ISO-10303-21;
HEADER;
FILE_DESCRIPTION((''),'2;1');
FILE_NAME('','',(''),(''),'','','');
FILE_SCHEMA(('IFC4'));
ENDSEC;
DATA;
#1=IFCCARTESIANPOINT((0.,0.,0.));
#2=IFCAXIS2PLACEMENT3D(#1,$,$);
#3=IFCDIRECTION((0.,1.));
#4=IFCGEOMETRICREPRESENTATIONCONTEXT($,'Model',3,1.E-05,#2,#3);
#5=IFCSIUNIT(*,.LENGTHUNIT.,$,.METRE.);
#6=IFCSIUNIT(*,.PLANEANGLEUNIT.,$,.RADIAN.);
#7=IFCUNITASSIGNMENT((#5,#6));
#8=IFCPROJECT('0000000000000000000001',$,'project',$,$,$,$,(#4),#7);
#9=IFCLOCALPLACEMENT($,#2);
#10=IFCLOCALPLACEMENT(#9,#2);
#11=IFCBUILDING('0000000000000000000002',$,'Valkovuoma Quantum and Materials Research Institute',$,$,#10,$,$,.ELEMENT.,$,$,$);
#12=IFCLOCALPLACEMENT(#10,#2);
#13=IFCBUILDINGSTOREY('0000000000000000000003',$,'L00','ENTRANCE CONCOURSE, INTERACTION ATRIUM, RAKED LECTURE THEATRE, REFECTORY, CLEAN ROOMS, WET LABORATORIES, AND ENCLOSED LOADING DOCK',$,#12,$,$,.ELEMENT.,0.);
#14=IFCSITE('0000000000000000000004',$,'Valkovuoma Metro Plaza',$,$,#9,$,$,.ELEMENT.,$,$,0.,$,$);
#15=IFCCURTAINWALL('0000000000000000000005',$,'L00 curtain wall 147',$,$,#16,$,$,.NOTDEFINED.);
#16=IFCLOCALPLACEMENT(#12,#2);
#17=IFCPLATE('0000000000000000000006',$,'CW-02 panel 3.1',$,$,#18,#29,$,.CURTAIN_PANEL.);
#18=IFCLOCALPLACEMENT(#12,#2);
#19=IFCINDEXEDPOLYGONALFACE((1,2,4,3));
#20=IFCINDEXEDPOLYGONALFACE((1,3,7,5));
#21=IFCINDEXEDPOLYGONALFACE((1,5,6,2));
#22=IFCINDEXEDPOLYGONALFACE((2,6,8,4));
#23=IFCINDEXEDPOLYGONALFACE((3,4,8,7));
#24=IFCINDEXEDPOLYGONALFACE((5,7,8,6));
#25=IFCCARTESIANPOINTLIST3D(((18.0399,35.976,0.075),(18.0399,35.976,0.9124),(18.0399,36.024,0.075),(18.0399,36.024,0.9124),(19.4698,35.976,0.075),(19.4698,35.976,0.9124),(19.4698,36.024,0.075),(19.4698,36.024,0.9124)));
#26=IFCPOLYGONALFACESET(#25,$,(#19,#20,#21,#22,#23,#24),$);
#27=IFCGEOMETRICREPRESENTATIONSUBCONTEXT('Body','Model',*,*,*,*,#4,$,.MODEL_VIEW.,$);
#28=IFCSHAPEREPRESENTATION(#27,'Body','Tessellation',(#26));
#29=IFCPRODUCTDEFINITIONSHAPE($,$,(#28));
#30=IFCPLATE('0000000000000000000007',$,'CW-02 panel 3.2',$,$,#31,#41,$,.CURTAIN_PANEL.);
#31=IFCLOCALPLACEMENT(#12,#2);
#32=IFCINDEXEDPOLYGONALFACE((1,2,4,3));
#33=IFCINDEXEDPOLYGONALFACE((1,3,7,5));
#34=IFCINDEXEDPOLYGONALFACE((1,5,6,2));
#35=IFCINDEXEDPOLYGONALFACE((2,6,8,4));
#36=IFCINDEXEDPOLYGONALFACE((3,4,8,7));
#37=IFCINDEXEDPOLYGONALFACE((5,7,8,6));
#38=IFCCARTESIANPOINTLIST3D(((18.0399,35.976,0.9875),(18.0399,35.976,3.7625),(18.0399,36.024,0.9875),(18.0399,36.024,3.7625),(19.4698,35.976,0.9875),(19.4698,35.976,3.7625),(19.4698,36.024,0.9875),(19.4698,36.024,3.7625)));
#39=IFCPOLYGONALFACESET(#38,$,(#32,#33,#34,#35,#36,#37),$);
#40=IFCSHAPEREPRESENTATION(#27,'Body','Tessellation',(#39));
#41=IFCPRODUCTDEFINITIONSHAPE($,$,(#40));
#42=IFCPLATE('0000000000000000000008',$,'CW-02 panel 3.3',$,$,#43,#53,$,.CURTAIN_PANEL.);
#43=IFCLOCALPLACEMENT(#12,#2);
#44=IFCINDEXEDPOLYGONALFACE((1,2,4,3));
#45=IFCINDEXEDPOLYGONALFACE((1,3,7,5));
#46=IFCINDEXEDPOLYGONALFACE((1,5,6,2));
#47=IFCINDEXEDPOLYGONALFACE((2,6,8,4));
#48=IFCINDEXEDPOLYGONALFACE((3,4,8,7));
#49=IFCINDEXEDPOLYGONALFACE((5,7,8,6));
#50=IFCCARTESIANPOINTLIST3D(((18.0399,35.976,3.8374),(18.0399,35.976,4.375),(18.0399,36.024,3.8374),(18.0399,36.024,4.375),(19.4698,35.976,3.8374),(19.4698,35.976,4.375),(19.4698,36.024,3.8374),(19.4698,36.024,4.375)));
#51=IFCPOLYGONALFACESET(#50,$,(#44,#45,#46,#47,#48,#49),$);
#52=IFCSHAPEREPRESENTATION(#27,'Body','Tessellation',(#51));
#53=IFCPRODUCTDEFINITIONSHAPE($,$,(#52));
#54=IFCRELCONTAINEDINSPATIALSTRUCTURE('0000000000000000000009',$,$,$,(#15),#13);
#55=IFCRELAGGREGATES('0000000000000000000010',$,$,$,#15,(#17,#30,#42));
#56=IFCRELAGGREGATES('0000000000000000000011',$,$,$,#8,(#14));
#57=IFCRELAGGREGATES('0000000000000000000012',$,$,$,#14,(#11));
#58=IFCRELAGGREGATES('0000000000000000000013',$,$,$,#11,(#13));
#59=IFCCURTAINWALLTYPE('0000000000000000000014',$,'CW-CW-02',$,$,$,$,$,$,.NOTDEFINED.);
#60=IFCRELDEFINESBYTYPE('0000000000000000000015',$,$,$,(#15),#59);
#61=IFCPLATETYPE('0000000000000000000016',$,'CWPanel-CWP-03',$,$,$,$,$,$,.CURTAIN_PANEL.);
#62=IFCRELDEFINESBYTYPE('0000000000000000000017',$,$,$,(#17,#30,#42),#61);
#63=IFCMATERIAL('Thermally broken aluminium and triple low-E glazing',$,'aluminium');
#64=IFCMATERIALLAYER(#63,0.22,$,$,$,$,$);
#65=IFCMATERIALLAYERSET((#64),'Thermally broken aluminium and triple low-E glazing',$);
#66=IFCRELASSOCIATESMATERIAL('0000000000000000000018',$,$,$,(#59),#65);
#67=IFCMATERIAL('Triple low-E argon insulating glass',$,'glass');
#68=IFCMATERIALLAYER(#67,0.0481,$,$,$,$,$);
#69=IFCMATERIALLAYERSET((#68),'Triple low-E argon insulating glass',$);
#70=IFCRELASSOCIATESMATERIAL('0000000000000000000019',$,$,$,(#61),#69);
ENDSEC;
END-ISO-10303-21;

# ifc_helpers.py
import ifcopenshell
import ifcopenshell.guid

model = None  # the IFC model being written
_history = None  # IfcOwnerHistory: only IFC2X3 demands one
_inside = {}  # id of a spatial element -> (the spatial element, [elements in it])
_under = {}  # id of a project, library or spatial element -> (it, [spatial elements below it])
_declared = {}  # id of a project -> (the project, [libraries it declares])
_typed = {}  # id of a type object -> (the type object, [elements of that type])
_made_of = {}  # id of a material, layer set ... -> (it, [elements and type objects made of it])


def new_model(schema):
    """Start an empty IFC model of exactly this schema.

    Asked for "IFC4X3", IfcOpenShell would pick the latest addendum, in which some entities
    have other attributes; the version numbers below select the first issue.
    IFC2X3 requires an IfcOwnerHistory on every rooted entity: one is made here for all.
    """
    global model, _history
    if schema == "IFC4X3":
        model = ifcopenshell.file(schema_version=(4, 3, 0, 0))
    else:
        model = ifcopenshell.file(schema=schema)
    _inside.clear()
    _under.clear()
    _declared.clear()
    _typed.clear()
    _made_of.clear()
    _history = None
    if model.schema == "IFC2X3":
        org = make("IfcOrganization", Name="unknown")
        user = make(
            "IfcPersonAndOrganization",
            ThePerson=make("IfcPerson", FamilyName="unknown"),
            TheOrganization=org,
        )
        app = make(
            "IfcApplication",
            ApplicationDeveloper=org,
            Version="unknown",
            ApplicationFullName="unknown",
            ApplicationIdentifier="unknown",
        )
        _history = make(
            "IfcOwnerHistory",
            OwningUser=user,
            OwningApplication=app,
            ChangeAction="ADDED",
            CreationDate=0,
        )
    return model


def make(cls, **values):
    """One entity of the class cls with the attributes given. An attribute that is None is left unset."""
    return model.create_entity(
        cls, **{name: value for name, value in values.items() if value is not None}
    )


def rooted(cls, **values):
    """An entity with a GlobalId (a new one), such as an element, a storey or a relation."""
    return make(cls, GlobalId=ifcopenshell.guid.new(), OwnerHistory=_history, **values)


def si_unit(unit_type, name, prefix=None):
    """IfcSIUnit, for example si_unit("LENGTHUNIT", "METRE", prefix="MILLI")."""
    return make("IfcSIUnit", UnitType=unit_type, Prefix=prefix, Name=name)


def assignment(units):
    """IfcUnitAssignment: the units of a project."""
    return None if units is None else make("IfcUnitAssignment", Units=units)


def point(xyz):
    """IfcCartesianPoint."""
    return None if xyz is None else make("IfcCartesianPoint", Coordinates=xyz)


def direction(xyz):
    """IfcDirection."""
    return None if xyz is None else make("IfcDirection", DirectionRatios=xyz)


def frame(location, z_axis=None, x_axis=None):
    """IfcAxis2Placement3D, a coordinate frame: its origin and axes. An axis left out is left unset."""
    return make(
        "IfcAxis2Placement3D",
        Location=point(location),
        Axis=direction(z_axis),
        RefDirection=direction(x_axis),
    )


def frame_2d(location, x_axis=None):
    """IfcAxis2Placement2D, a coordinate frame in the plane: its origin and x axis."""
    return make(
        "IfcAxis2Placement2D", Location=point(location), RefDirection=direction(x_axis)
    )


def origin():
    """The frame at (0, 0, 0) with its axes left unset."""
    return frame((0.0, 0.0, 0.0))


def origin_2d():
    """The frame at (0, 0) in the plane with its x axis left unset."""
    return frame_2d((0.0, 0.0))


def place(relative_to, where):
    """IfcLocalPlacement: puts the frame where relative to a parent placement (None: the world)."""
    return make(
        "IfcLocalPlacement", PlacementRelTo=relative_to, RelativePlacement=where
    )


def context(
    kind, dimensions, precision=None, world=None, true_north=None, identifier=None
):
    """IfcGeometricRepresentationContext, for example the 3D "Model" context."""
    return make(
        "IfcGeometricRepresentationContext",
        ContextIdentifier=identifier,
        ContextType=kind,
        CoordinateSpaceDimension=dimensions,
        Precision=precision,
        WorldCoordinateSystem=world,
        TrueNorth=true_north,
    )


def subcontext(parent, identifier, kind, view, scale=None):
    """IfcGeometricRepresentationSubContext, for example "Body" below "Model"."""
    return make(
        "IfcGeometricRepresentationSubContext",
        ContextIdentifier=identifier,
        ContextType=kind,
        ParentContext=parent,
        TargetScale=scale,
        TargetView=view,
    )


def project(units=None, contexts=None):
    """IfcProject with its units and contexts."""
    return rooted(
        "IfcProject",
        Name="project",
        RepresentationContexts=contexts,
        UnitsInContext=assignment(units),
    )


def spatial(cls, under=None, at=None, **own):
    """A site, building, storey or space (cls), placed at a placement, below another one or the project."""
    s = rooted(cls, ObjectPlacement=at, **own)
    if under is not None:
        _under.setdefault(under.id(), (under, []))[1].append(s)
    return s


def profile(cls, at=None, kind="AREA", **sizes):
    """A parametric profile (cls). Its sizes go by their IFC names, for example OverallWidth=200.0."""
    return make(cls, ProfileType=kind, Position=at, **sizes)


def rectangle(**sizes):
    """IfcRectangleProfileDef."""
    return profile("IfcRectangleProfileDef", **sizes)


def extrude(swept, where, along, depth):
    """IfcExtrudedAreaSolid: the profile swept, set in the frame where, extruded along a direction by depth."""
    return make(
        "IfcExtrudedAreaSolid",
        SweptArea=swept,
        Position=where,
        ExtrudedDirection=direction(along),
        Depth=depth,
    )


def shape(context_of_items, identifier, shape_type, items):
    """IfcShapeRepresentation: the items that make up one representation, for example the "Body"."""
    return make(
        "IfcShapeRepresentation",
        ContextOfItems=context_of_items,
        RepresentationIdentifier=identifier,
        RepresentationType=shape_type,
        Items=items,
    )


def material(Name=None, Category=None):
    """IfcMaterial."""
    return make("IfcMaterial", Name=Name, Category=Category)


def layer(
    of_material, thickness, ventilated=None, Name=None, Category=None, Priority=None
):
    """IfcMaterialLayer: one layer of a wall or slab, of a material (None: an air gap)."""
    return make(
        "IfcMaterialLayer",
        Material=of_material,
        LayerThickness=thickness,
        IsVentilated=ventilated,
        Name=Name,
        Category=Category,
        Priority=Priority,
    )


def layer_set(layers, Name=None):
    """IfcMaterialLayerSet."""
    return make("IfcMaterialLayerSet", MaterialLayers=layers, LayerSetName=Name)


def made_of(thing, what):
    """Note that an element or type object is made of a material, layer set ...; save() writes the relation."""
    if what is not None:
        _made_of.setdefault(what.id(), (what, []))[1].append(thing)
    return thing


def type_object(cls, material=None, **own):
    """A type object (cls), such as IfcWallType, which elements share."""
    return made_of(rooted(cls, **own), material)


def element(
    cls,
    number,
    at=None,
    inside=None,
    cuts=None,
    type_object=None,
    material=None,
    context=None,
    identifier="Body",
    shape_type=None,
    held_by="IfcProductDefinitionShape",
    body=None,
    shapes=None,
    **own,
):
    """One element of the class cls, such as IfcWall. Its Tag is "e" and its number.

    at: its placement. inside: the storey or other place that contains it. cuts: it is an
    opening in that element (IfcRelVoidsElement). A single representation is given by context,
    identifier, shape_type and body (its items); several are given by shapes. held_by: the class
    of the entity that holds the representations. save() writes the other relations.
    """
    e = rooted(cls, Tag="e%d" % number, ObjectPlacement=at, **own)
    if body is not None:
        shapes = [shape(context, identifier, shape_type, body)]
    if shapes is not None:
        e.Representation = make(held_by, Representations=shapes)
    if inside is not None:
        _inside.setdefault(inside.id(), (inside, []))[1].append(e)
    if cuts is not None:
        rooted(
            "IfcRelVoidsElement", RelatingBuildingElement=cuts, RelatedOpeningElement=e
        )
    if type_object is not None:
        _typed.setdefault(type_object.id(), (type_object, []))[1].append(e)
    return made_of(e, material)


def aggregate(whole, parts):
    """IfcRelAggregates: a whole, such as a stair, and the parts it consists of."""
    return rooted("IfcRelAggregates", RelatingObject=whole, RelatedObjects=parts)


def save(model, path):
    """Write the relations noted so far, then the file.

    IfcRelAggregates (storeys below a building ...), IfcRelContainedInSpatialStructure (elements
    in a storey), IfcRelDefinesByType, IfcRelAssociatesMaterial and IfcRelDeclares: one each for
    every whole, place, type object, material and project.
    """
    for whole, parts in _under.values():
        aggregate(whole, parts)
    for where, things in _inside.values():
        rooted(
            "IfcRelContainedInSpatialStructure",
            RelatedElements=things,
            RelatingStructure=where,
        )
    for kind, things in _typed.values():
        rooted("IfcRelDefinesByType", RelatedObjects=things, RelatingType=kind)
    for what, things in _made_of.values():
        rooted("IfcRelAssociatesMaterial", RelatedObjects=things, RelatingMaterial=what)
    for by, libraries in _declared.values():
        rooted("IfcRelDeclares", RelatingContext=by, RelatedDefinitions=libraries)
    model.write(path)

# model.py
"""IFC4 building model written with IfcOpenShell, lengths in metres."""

from ifc_helpers import new_model, si_unit, direction, frame, origin, origin_2d, place, context, subcontext, project, spatial, rectangle, extrude, material, layer, layer_set, type_object, element, aggregate, save


model = new_model("IFC4")

# Units and contexts
model_context = context("Model", 3, precision=1e-05, world=origin(), true_north=direction((0.0, 1.0)))
body_context = subcontext(model_context, "Body", "Model", "MODEL_VIEW")
ifc_project = project(units=[si_unit("LENGTHUNIT", "METRE"), si_unit("PLANEANGLEUNIT", "RADIAN")], contexts=[model_context])

# Site, building, storey
site_placement = place(None, origin())
site = spatial("IfcSite", under=ifc_project, at=site_placement, Name="Valkovuoma Metro Plaza", CompositionType="ELEMENT", RefElevation=0.0)
building_placement = place(site_placement, origin())
building = spatial("IfcBuilding", under=site, at=building_placement, Name="Valkovuoma Quantum and Materials Research Institute", CompositionType="ELEMENT")
storey_placement = place(building_placement, origin())
storey = spatial("IfcBuildingStorey", under=building, at=storey_placement, Name="L00", Description="ENTRANCE CONCOURSE, INTERACTION ATRIUM, RAKED LECTURE THEATRE, REFECTORY, CLEAN ROOMS, WET LABORATORIES, AND ENCLOSED LOADING DOCK", CompositionType="ELEMENT", Elevation=0.0)

# Curtain wall, plates
ifc_material_1 = material(Name="Thermally broken aluminium and triple low-E glazing", Category="aluminium")
ifc_layer_1 = layer(ifc_material_1, 0.22)
ifc_layer_set_1 = layer_set([ifc_layer_1], Name="Thermally broken aluminium and triple low-E glazing")
curtain_wall_type = type_object("IfcCurtainWallType", Name="CW-CW-02", PredefinedType="NOTDEFINED", material=ifc_layer_set_1)
curtain_wall_placement = place(storey_placement, origin())
curtain_wall = element("IfcCurtainWall", 1, at=curtain_wall_placement, inside=storey, type_object=curtain_wall_type, Name="L00 curtain wall 147", PredefinedType="NOTDEFINED")
ifc_material_2 = material(Name="Triple low-E argon insulating glass", Category="glass")
ifc_layer_2 = layer(ifc_material_2, 0.0481)
ifc_layer_set_2 = layer_set([ifc_layer_2], Name="Triple low-E argon insulating glass")
plate_type = type_object("IfcPlateType", Name="CWPanel-CWP-03", PredefinedType="CURTAIN_PANEL", material=ifc_layer_set_2)
plate_1_placement = place(storey_placement, frame((18.7549, 36.0, 0.075), z_axis=(0.0, 0.0, 1.0), x_axis=(1.0, 0.0, 0.0)))
plate_1 = element("IfcPlate", 2, at=plate_1_placement, type_object=plate_type, Name="CW-02 panel 3.1", PredefinedType="CURTAIN_PANEL", context=body_context, shape_type="SweptSolid", body=[
    extrude(rectangle(XDim=1.4299, YDim=0.0481, at=origin_2d()), origin(), (0.0, 0.0, 1.0), 0.8374),
])
plate_2_placement = place(storey_placement, frame((18.7549, 36.0, 0.9875), z_axis=(0.0, 0.0, 1.0), x_axis=(1.0, 0.0, 0.0)))
plate_2 = element("IfcPlate", 3, at=plate_2_placement, type_object=plate_type, Name="CW-02 panel 3.2", PredefinedType="CURTAIN_PANEL", context=body_context, shape_type="SweptSolid", body=[
    extrude(rectangle(XDim=1.4299, YDim=0.0481, at=origin_2d()), origin(), (0.0, 0.0, 1.0), 2.7749),
])
plate_3_placement = place(storey_placement, frame((18.7549, 36.0, 3.8374), z_axis=(0.0, 0.0, 1.0), x_axis=(1.0, 0.0, 0.0)))
plate_3 = element("IfcPlate", 4, at=plate_3_placement, type_object=plate_type, Name="CW-02 panel 3.3", PredefinedType="CURTAIN_PANEL", context=body_context, shape_type="SweptSolid", body=[
    extrude(rectangle(XDim=1.4299, YDim=0.0481, at=origin_2d()), origin(), (0.0, 0.0, 1.0), 0.5376),
])
aggregate(curtain_wall, [plate_1, plate_2, plate_3])

save(model, "model.ifc")
